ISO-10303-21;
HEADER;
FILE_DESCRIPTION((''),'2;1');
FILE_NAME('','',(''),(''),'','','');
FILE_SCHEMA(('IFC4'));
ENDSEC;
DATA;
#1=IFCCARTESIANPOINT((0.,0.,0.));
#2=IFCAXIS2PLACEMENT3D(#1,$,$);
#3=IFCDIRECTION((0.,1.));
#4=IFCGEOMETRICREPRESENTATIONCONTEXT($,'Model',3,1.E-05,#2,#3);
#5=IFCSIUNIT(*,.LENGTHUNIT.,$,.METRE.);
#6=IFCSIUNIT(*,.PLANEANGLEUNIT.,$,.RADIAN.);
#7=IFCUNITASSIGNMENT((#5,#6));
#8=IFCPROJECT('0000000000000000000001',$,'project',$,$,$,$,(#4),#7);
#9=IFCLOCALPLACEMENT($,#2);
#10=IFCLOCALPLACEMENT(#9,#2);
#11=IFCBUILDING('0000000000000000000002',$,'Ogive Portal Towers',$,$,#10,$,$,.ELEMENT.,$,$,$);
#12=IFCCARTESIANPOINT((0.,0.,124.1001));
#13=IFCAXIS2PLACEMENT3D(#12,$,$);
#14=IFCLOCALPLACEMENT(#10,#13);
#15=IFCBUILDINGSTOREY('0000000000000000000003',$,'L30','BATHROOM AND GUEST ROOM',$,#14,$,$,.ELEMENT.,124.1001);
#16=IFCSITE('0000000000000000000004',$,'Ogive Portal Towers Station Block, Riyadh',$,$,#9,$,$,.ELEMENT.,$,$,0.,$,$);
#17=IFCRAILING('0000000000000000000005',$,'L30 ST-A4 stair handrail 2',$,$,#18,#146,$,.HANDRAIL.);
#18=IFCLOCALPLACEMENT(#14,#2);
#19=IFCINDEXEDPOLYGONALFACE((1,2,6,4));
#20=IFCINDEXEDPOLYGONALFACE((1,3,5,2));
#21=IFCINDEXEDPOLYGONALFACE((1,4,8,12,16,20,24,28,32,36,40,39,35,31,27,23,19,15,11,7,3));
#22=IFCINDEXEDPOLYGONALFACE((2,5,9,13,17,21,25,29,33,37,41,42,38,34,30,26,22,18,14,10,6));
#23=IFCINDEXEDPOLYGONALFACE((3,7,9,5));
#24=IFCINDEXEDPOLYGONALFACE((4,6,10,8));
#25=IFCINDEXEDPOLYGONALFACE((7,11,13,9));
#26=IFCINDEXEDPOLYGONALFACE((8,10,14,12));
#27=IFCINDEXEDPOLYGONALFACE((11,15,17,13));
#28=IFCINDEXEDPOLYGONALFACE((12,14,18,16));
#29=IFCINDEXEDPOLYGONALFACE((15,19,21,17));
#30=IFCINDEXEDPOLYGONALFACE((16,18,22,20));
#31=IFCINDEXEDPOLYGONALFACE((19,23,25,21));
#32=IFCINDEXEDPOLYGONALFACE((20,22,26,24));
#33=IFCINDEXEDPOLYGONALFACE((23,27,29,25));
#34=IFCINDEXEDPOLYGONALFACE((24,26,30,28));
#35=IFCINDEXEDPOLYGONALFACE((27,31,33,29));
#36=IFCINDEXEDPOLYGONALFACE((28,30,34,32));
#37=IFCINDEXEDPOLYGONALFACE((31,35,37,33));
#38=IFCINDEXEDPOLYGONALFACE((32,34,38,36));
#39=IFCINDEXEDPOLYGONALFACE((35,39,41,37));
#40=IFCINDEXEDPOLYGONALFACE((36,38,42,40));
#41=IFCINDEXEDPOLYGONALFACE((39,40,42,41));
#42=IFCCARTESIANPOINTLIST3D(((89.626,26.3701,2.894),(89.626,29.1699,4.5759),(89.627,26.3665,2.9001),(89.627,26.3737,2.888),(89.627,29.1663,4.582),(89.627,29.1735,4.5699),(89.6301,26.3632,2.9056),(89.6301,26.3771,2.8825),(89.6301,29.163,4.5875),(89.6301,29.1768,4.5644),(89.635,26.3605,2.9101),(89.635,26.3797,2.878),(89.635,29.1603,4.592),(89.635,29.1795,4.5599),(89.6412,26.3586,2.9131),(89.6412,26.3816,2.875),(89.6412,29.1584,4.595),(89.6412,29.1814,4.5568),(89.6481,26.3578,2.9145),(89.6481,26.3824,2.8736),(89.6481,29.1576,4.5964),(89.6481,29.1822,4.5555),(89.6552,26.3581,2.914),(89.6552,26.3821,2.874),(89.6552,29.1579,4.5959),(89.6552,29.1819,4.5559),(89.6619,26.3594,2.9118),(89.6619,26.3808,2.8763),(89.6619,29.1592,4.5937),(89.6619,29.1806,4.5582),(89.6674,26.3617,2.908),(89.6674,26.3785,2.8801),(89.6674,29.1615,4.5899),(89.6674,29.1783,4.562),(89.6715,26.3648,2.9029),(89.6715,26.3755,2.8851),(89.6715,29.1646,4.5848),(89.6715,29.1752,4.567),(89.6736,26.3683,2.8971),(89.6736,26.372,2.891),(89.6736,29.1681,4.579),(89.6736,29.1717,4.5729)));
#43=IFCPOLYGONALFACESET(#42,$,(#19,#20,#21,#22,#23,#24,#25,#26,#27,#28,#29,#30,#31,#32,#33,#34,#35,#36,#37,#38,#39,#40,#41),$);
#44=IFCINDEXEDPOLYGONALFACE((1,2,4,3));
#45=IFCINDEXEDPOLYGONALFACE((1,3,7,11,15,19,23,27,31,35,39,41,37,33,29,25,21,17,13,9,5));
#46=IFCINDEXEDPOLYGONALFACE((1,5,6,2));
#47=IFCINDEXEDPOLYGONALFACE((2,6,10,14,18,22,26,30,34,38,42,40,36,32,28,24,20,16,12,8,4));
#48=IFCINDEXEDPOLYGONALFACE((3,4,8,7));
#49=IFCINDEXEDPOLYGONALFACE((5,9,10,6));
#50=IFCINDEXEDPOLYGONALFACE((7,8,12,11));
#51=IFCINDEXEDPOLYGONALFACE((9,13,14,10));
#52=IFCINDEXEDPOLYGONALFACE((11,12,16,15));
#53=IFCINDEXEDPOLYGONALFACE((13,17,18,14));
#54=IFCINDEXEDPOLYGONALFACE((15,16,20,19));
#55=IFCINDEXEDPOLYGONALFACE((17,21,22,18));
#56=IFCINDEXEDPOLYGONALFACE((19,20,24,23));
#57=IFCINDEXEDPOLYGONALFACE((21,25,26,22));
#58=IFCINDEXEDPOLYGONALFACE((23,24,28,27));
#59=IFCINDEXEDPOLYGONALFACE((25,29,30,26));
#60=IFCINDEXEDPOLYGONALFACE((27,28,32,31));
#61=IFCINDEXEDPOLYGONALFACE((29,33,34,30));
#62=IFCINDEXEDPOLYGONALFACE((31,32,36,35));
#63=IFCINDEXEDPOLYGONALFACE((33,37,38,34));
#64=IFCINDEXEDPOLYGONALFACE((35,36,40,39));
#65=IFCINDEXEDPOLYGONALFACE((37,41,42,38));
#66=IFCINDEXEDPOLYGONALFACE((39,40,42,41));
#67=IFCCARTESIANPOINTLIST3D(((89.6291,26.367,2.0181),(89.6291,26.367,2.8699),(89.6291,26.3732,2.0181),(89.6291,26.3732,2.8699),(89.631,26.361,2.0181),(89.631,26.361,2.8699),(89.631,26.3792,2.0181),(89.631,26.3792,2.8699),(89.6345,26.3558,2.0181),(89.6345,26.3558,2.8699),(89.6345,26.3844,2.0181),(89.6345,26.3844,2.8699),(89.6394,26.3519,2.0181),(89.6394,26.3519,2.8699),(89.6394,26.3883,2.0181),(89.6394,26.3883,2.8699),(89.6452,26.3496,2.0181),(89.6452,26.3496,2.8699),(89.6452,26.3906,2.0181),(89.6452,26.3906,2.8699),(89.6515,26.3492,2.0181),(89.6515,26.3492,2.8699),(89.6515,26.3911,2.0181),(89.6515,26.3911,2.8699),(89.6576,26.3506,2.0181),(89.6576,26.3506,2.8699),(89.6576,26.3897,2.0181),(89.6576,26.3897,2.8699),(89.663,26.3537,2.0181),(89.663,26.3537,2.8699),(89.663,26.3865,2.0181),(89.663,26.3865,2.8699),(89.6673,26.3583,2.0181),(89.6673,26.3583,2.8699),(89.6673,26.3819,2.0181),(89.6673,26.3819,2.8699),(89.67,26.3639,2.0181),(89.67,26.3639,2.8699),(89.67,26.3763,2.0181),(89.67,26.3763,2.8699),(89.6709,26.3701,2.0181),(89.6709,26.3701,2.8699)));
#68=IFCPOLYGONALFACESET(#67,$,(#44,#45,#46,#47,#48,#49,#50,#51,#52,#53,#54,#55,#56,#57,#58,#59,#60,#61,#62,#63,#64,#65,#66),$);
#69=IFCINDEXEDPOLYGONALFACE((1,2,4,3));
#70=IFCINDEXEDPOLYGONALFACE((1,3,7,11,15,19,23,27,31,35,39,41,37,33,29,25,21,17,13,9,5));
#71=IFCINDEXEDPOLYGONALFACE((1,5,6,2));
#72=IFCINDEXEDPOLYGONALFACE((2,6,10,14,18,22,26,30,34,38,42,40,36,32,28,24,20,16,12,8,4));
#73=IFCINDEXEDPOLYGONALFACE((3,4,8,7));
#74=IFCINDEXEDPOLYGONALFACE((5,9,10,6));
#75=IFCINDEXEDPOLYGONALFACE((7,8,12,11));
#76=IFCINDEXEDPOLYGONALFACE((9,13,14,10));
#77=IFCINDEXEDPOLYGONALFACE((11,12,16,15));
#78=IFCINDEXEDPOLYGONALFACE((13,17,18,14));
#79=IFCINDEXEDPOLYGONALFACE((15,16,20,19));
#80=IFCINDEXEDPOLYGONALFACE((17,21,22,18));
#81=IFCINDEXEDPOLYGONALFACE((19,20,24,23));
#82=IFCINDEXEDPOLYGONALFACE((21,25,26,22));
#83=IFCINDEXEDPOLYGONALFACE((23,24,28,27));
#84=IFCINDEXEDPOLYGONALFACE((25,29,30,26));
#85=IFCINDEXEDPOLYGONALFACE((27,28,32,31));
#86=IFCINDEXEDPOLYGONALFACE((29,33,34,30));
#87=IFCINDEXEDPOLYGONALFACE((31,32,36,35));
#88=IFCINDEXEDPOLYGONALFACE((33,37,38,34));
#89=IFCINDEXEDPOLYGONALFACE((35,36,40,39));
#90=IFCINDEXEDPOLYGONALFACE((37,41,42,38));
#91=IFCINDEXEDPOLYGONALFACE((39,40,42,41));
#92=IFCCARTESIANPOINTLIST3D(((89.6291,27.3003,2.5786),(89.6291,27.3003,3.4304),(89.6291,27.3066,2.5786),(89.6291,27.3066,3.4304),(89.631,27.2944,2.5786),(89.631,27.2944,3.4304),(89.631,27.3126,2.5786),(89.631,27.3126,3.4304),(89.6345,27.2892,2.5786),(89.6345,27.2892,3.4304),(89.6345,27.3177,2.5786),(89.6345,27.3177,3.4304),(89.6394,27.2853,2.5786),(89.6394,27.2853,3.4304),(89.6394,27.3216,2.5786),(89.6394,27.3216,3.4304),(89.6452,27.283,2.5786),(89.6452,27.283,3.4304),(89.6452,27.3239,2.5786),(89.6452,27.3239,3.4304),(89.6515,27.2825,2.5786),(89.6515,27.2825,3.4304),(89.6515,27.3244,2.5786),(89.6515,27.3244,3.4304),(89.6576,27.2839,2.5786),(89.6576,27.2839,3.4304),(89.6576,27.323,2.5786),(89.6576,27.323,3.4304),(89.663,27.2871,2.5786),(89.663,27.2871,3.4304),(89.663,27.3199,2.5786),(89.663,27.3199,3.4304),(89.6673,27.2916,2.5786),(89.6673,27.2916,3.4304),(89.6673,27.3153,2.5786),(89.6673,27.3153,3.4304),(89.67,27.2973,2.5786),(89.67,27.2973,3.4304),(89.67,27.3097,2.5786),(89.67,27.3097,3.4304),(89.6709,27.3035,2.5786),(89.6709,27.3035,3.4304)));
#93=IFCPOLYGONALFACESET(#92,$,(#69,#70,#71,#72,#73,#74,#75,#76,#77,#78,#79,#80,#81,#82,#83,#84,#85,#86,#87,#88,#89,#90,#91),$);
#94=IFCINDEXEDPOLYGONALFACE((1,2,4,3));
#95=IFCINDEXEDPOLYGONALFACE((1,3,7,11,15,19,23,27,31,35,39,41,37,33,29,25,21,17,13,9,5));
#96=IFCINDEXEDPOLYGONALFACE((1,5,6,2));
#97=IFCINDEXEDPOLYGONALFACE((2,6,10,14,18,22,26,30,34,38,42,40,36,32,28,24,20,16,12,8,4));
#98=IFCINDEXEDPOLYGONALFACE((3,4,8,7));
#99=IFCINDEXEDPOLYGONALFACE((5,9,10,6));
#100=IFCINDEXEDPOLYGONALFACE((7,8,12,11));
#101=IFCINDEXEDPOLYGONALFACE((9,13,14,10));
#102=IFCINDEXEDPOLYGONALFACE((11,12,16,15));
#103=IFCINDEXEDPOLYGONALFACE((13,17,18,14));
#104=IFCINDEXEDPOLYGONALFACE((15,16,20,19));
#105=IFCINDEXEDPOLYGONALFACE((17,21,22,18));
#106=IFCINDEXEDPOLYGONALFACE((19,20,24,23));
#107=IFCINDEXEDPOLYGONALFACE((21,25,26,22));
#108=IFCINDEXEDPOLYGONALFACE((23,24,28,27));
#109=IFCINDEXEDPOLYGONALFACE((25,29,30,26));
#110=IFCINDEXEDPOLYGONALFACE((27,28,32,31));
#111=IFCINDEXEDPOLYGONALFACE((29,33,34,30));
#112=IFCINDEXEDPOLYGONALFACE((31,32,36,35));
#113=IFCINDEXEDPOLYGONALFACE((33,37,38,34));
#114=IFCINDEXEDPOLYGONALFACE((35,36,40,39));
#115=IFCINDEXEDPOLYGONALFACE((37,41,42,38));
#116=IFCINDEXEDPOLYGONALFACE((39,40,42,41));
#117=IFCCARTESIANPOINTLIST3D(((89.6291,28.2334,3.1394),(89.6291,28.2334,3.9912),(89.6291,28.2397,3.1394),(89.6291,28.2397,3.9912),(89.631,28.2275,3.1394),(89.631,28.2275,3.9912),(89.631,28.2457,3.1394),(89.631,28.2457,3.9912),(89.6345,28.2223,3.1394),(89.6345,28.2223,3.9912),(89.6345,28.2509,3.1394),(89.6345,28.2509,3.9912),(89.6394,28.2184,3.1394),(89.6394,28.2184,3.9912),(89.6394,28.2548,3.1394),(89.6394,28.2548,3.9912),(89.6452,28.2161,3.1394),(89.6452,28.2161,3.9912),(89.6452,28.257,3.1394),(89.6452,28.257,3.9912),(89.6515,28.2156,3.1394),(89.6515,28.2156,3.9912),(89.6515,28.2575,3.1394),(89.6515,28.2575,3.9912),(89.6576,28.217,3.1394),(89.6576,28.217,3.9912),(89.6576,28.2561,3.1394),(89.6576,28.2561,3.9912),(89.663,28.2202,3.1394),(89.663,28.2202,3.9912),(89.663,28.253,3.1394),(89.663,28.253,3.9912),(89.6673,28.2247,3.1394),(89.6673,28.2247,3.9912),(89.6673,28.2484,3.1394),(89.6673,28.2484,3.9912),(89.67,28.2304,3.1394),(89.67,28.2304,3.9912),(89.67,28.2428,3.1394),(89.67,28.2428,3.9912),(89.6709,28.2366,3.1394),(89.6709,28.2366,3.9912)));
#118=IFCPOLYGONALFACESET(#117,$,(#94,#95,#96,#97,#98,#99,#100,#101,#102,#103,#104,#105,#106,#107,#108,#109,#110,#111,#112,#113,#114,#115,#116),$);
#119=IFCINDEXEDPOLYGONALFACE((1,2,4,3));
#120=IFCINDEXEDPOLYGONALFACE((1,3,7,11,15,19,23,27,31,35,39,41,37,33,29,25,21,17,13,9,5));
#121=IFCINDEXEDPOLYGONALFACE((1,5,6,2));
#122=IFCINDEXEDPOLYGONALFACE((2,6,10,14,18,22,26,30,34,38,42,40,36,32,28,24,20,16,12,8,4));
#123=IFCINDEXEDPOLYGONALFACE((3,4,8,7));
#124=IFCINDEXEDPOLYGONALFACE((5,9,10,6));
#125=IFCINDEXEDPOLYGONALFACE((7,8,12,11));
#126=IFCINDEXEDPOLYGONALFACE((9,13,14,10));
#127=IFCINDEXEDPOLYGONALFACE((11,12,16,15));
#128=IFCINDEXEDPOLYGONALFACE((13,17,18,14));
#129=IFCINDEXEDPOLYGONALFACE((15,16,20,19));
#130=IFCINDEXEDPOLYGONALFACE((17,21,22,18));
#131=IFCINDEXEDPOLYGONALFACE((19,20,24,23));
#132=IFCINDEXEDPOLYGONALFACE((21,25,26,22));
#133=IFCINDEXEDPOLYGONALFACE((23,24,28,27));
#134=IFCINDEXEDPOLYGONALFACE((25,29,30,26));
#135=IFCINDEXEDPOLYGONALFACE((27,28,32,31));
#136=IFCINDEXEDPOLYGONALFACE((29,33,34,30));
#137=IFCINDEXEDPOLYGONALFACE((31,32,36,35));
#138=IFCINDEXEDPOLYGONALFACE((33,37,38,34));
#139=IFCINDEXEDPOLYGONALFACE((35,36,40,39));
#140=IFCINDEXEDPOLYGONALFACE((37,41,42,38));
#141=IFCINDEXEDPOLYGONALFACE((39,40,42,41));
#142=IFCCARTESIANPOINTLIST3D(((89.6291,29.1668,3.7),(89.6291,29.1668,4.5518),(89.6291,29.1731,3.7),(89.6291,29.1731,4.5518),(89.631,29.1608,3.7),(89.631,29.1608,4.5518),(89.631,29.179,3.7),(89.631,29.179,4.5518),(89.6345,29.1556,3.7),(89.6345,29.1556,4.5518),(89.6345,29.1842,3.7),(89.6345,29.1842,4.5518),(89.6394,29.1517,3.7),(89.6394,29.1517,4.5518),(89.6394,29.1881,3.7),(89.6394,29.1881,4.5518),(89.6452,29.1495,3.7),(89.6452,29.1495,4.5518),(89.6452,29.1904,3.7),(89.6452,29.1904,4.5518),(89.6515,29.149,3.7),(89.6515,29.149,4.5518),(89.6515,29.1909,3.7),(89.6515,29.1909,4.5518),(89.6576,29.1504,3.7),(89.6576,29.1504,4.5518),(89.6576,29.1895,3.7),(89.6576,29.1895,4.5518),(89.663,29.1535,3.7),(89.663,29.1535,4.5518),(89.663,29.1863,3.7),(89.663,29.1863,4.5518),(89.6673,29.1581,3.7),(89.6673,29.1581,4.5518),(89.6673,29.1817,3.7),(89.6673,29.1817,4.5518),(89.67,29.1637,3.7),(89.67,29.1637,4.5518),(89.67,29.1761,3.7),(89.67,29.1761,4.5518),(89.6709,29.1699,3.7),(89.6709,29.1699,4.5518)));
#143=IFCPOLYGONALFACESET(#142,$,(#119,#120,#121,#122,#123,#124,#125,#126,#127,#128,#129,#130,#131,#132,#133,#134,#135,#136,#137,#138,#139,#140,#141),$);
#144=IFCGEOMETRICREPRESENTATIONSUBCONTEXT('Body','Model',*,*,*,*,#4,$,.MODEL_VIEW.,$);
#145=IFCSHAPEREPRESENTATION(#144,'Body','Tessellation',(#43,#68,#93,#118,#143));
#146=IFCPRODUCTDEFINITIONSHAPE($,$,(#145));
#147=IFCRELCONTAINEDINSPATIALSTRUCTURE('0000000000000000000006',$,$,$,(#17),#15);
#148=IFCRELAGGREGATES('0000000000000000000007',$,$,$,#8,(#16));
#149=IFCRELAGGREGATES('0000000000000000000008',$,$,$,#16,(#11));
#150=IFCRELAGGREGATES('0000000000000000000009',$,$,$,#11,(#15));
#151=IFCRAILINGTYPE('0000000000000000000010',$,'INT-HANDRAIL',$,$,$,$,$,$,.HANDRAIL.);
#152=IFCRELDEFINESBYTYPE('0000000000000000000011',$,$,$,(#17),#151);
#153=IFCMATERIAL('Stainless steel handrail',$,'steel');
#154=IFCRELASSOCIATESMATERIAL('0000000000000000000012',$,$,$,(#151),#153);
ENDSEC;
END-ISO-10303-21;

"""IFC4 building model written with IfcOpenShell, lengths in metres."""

from ifc_helpers import new_model, si_unit, direction, frame, origin, origin_2d, place, context, subcontext, project, spatial, circle, extrude, material, type_object, element, save


model = new_model("IFC4")

# Units and contexts
model_context = context("Model", 3, precision=1e-05, world=origin(), true_north=direction((0.0, 1.0)))
body_context = subcontext(model_context, "Body", "Model", "MODEL_VIEW")
ifc_project = project(units=[si_unit("LENGTHUNIT", "METRE"), si_unit("PLANEANGLEUNIT", "RADIAN")], contexts=[model_context])

# Site, building, storey
site_placement = place(None, origin())
site = spatial("IfcSite", under=ifc_project, at=site_placement, Name="Ogive Portal Towers Station Block, Riyadh", CompositionType="ELEMENT", RefElevation=0.0)
building_placement = place(site_placement, origin())
building = spatial("IfcBuilding", under=site, at=building_placement, Name="Ogive Portal Towers", CompositionType="ELEMENT")
storey_placement = place(building_placement, frame((0.0, 0.0, 124.1001)))
storey = spatial("IfcBuildingStorey", under=building, at=storey_placement, Name="L30", Description="BATHROOM AND GUEST ROOM", CompositionType="ELEMENT", Elevation=124.1001)

# Railing
ifc_material_1 = material(Name="Stainless steel handrail", Category="steel")
railing_type_1 = type_object("IfcRailingType", Name="INT-HANDRAIL", PredefinedType="HANDRAIL", material=ifc_material_1)
railing_1_placement = place(storey_placement, frame((89.6499, 26.3701, 2.0181)))
element("IfcRailing", 1, at=railing_1_placement, inside=storey, type_object=railing_type_1, Name="L30 ST-A4 stair handrail 2", PredefinedType="HANDRAIL", context=body_context, shape_type="SweptSolid", body=[
    extrude(circle(Radius=0.0239, at=origin_2d()), frame((0.0, 0.0, 0.876), z_axis=(0.0, 0.857222, 0.514946), x_axis=(-1.0, 0.0, 0.0)), (0.0, 0.0, 1.0), 3.2661),
    extrude(circle(Radius=0.021, at=origin_2d()), origin(), (0.0, 0.0, 1.0), 0.8518),
    extrude(circle(Radius=0.021, at=origin_2d()), frame((0.0, 0.9333, 0.5605)), (0.0, 0.0, 1.0), 0.8518),
    extrude(circle(Radius=0.021, at=origin_2d()), frame((0.0, 1.8665, 1.1213)), (0.0, 0.0, 1.0), 0.8518),
    extrude(circle(Radius=0.021, at=origin_2d()), frame((0.0, 2.7998, 1.6819)), (0.0, 0.0, 1.0), 0.8518),
])

save(model, "model.ifc")
